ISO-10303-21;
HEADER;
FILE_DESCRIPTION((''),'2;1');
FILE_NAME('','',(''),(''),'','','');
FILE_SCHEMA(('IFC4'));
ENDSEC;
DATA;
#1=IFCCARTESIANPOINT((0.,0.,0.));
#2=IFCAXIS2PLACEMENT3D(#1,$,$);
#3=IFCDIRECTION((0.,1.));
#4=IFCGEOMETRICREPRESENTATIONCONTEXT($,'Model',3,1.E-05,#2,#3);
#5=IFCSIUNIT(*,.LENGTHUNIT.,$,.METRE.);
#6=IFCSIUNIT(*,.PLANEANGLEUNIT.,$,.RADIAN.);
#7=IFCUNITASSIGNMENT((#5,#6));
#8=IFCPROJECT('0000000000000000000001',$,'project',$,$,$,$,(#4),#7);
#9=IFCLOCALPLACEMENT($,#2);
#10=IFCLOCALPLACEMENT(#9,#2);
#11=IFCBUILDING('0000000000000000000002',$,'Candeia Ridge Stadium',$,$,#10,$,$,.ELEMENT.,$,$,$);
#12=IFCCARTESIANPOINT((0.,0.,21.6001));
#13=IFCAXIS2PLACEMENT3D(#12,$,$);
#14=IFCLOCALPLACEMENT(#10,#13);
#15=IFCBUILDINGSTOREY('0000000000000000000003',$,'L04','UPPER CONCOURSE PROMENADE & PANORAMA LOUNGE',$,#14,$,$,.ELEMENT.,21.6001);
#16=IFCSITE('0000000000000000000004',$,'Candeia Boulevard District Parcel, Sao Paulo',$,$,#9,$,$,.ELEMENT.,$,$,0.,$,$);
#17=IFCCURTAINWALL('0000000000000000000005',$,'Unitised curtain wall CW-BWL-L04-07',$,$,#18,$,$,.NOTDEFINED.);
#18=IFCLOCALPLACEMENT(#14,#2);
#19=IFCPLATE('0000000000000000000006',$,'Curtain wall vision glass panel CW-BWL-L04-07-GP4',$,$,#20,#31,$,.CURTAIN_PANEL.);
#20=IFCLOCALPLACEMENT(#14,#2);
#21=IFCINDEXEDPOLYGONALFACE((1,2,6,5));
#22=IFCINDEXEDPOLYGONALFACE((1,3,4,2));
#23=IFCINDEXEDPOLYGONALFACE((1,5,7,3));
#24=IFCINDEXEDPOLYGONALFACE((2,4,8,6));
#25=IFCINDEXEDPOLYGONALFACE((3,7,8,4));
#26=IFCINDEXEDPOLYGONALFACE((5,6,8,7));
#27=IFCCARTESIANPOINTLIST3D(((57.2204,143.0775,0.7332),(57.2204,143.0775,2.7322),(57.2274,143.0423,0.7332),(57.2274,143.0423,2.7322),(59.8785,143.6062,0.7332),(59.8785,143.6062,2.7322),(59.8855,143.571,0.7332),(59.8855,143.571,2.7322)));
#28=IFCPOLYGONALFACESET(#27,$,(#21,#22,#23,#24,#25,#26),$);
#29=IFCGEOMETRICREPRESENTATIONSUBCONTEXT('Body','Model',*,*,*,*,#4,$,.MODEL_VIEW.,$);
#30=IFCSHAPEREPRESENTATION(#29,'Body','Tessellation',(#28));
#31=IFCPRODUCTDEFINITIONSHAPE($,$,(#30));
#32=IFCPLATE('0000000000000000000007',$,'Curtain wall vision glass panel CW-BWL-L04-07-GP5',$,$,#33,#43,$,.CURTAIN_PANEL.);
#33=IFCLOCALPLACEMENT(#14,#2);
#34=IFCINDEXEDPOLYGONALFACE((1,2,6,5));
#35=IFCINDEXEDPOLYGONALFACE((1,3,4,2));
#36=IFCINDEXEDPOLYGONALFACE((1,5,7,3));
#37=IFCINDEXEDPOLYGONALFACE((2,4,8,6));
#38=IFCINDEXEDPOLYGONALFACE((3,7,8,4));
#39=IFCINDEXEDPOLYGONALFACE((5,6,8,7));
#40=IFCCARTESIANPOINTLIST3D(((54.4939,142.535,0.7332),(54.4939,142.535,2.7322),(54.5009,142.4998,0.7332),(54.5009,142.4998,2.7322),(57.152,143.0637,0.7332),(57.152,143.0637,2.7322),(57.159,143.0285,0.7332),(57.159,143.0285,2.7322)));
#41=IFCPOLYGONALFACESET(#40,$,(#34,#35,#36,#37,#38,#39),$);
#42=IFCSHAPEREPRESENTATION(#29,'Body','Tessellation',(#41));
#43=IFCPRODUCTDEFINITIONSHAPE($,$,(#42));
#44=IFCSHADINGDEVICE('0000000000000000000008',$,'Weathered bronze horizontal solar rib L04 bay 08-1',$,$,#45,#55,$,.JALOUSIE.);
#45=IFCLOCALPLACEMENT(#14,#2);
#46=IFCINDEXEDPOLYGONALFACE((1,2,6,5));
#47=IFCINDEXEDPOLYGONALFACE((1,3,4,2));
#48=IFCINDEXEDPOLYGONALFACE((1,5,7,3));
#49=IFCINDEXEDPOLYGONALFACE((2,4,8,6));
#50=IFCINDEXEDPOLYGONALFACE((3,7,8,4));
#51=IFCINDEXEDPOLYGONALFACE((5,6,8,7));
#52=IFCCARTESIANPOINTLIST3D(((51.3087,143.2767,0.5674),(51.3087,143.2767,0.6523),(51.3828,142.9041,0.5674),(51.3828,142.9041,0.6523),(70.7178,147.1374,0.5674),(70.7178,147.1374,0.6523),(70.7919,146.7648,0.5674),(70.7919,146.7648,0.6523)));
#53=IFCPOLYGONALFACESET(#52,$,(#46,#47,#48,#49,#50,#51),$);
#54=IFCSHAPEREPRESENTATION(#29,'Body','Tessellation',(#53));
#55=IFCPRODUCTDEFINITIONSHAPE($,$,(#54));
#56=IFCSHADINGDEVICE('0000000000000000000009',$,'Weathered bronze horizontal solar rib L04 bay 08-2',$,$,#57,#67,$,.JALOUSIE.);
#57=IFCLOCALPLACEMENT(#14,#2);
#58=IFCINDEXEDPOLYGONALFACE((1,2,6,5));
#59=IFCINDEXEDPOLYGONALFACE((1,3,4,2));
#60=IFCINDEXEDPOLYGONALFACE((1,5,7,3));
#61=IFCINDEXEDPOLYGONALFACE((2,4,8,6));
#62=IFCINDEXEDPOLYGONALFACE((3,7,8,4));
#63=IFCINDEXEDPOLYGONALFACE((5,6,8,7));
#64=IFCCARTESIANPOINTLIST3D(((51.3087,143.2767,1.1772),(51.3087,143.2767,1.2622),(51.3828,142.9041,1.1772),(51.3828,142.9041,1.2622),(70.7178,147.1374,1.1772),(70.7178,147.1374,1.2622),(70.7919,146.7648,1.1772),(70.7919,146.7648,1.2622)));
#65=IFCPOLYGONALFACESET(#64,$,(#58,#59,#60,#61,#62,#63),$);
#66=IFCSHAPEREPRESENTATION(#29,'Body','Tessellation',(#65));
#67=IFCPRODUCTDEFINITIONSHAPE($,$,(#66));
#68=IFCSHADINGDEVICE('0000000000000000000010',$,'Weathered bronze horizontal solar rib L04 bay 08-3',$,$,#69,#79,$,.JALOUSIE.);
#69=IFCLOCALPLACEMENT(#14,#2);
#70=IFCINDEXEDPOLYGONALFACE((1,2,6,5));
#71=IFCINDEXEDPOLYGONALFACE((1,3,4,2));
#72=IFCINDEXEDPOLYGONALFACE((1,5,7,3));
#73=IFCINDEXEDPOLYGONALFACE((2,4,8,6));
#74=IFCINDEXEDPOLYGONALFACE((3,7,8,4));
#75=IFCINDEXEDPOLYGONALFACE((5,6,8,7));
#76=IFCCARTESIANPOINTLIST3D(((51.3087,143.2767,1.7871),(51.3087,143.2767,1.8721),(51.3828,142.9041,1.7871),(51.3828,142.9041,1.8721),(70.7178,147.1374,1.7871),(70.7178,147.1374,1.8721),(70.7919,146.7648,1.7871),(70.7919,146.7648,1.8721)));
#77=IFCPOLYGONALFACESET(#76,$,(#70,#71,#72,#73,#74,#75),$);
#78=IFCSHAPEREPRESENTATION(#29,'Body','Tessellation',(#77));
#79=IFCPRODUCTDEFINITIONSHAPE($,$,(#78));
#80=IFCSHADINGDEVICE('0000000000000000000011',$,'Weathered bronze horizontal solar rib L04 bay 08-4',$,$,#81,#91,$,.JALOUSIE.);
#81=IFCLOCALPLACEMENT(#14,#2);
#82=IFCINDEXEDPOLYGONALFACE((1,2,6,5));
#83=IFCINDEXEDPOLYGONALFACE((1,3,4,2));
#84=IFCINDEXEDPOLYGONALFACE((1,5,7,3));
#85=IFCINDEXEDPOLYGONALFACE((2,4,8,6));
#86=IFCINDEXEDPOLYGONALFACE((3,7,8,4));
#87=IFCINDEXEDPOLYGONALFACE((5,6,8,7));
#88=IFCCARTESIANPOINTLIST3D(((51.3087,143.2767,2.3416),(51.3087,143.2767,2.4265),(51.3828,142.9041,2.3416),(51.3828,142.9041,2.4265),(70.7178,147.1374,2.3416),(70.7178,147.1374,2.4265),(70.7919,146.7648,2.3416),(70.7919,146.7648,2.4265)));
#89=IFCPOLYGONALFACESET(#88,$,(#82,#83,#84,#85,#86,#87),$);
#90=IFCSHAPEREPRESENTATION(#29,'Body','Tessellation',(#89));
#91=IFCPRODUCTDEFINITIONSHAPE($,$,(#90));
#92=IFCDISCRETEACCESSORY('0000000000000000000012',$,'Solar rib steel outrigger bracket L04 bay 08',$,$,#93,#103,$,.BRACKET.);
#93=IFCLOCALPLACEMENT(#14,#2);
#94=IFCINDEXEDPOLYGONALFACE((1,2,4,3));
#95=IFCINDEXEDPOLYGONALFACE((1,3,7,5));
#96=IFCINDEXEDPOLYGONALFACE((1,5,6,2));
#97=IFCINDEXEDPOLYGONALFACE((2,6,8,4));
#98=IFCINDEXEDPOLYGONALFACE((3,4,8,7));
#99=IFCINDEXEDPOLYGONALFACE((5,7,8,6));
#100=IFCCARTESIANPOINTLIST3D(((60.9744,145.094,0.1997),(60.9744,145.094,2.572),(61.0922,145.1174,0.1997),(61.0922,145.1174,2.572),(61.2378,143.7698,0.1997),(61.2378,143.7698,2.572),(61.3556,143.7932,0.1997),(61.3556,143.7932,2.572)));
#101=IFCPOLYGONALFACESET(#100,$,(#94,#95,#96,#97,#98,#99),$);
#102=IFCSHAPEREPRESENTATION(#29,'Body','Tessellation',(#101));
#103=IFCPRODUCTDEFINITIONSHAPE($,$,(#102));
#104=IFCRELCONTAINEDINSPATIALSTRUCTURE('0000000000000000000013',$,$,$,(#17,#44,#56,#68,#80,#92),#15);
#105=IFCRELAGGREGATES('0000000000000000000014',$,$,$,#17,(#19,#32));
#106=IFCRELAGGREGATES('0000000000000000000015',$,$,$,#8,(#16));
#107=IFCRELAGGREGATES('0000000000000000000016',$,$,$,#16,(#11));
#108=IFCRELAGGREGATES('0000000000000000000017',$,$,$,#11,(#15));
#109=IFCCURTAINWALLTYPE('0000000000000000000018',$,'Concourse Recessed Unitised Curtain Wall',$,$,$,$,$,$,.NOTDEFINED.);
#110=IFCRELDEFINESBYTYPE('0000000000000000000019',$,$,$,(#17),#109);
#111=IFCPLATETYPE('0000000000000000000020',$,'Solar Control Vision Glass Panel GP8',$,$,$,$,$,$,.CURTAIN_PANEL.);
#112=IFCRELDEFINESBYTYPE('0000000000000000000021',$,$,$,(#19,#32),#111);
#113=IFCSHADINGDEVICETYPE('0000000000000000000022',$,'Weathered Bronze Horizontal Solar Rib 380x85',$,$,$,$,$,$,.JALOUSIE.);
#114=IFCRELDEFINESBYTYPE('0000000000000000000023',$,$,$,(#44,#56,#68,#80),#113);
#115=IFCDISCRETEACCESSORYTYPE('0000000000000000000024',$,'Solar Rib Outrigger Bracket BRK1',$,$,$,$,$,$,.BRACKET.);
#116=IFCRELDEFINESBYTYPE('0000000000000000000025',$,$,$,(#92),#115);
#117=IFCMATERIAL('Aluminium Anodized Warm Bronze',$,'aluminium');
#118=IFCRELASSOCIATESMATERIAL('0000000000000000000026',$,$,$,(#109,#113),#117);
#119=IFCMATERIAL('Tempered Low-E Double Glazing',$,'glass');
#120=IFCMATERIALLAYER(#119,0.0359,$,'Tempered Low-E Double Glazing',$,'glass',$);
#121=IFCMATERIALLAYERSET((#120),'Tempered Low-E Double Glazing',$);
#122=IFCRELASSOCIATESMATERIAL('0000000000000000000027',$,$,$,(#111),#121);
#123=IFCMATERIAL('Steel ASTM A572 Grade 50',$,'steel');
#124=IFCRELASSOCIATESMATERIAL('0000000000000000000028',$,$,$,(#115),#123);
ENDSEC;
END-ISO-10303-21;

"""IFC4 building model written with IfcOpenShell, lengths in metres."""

from ifc_helpers import new_model, si_unit, direction, frame, origin, origin_2d, place, context, subcontext, project, spatial, rectangle, extrude, material, layer, layer_set, type_object, element, aggregate, save


model = new_model("IFC4")

# Units and contexts
model_context = context("Model", 3, precision=1e-05, world=origin(), true_north=direction((0.0, 1.0)))
body_context = subcontext(model_context, "Body", "Model", "MODEL_VIEW")
ifc_project = project(units=[si_unit("LENGTHUNIT", "METRE"), si_unit("PLANEANGLEUNIT", "RADIAN")], contexts=[model_context])

# Site, building, storey
site_placement = place(None, origin())
site = spatial("IfcSite", under=ifc_project, at=site_placement, Name="Candeia Boulevard District Parcel, Sao Paulo", CompositionType="ELEMENT", RefElevation=0.0)
building_placement = place(site_placement, origin())
building = spatial("IfcBuilding", under=site, at=building_placement, Name="Candeia Ridge Stadium", CompositionType="ELEMENT")
storey_placement = place(building_placement, frame((0.0, 0.0, 21.6001)))
storey = spatial("IfcBuildingStorey", under=building, at=storey_placement, Name="L04", Description="UPPER CONCOURSE PROMENADE & PANORAMA LOUNGE", CompositionType="ELEMENT", Elevation=21.6001)

# Curtain wall
ifc_material_1 = material(Name="Aluminium Anodized Warm Bronze", Category="aluminium")
curtain_wall_type = type_object("IfcCurtainWallType", Name="Concourse Recessed Unitised Curtain Wall", PredefinedType="NOTDEFINED", material=ifc_material_1)
curtain_wall_placement = place(storey_placement, origin())
curtain_wall = element("IfcCurtainWall", 1, at=curtain_wall_placement, inside=storey, type_object=curtain_wall_type, Name="Unitised curtain wall CW-BWL-L04-07", PredefinedType="NOTDEFINED")

# Plates
ifc_material_2 = material(Name="Tempered Low-E Double Glazing", Category="glass")
ifc_layer_1 = layer(ifc_material_2, 0.0359, Name="Tempered Low-E Double Glazing", Category="glass")
ifc_layer_set_1 = layer_set([ifc_layer_1], Name="Tempered Low-E Double Glazing")
plate_type_1 = type_object("IfcPlateType", Name="Solar Control Vision Glass Panel GP8", PredefinedType="CURTAIN_PANEL", material=ifc_layer_set_1)
plate_1_placement = place(storey_placement, frame((58.553, 143.3242, 0.7332), z_axis=(0.0, 0.0, 1.0), x_axis=(-0.980785, -0.19509, 0.0)))
plate_1 = element("IfcPlate", 2, at=plate_1_placement, type_object=plate_type_1, Name="Curtain wall vision glass panel CW-BWL-L04-07-GP4", PredefinedType="CURTAIN_PANEL", context=body_context, shape_type="SweptSolid", body=[
    extrude(rectangle(XDim=2.7102, YDim=0.0359, at=origin_2d()), origin(), (0.0, 0.0, 1.0), 1.999),
])
plate_2_placement = place(storey_placement, frame((55.8264, 142.7817, 0.7332), z_axis=(0.0, 0.0, 1.0), x_axis=(-0.980785, -0.19509, 0.0)))
plate_2 = element("IfcPlate", 3, at=plate_2_placement, type_object=plate_type_1, Name="Curtain wall vision glass panel CW-BWL-L04-07-GP5", PredefinedType="CURTAIN_PANEL", context=body_context, shape_type="SweptSolid", body=[
    extrude(rectangle(XDim=2.7102, YDim=0.0359, at=origin_2d()), origin(), (0.0, 0.0, 1.0), 1.999),
])
aggregate(curtain_wall, [plate_1, plate_2])

# Shading devices
shading_device_type = type_object("IfcShadingDeviceType", Name="Weathered Bronze Horizontal Solar Rib 380x85", PredefinedType="JALOUSIE", material=ifc_material_1)
for number, where, z_axis, x_axis, name in (
    (4, (61.0503, 145.0208, 0.5674), (0.0, 0.0, 1.0), (-0.980785, -0.19509, 0.0), "Weathered bronze horizontal solar rib L04 bay 08-1"),
    (5, (61.0503, 145.0208, 1.1772), (0.0, 0.0, 1.0), (-0.980785, -0.19509, 0.0), "Weathered bronze horizontal solar rib L04 bay 08-2"),
    (6, (61.0503, 145.0208, 1.7871), (0.0, 0.0, 1.0), (-0.980785, -0.19509, 0.0), "Weathered bronze horizontal solar rib L04 bay 08-3"),
    (7, (61.0503, 145.0208, 2.3416), (0.0, 0.0, 1.0), (-0.980785, -0.19509, 0.0), "Weathered bronze horizontal solar rib L04 bay 08-4"),
):
    element("IfcShadingDevice", number, at=place(storey_placement, frame(where, z_axis=z_axis, x_axis=x_axis)), inside=storey, type_object=shading_device_type, Name=name, PredefinedType="JALOUSIE", context=body_context, shape_type="SweptSolid", body=[
        extrude(rectangle(XDim=19.7893, YDim=0.3799, at=origin_2d()), origin(), (0.0, 0.0, 1.0), 0.085),
    ])

# Discrete accessory
ifc_material_3 = material(Name="Steel ASTM A572 Grade 50", Category="steel")
discrete_accessory_type = type_object("IfcDiscreteAccessoryType", Name="Solar Rib Outrigger Bracket BRK1", PredefinedType="BRACKET", material=ifc_material_3)
discrete_accessory_placement = place(storey_placement, frame((61.165, 144.4436, 0.1997), z_axis=(0.0, 0.0, 1.0), x_axis=(-0.19509, 0.980785, 0.0)))
element("IfcDiscreteAccessory", 8, at=discrete_accessory_placement, inside=storey, type_object=discrete_accessory_type, Name="Solar rib steel outrigger bracket L04 bay 08", PredefinedType="BRACKET", context=body_context, shape_type="SweptSolid", body=[
    extrude(rectangle(XDim=1.3501, YDim=0.1201, at=origin_2d()), origin(), (0.0, 0.0, 1.0), 2.3723),
])

save(model, "model.ifc")
